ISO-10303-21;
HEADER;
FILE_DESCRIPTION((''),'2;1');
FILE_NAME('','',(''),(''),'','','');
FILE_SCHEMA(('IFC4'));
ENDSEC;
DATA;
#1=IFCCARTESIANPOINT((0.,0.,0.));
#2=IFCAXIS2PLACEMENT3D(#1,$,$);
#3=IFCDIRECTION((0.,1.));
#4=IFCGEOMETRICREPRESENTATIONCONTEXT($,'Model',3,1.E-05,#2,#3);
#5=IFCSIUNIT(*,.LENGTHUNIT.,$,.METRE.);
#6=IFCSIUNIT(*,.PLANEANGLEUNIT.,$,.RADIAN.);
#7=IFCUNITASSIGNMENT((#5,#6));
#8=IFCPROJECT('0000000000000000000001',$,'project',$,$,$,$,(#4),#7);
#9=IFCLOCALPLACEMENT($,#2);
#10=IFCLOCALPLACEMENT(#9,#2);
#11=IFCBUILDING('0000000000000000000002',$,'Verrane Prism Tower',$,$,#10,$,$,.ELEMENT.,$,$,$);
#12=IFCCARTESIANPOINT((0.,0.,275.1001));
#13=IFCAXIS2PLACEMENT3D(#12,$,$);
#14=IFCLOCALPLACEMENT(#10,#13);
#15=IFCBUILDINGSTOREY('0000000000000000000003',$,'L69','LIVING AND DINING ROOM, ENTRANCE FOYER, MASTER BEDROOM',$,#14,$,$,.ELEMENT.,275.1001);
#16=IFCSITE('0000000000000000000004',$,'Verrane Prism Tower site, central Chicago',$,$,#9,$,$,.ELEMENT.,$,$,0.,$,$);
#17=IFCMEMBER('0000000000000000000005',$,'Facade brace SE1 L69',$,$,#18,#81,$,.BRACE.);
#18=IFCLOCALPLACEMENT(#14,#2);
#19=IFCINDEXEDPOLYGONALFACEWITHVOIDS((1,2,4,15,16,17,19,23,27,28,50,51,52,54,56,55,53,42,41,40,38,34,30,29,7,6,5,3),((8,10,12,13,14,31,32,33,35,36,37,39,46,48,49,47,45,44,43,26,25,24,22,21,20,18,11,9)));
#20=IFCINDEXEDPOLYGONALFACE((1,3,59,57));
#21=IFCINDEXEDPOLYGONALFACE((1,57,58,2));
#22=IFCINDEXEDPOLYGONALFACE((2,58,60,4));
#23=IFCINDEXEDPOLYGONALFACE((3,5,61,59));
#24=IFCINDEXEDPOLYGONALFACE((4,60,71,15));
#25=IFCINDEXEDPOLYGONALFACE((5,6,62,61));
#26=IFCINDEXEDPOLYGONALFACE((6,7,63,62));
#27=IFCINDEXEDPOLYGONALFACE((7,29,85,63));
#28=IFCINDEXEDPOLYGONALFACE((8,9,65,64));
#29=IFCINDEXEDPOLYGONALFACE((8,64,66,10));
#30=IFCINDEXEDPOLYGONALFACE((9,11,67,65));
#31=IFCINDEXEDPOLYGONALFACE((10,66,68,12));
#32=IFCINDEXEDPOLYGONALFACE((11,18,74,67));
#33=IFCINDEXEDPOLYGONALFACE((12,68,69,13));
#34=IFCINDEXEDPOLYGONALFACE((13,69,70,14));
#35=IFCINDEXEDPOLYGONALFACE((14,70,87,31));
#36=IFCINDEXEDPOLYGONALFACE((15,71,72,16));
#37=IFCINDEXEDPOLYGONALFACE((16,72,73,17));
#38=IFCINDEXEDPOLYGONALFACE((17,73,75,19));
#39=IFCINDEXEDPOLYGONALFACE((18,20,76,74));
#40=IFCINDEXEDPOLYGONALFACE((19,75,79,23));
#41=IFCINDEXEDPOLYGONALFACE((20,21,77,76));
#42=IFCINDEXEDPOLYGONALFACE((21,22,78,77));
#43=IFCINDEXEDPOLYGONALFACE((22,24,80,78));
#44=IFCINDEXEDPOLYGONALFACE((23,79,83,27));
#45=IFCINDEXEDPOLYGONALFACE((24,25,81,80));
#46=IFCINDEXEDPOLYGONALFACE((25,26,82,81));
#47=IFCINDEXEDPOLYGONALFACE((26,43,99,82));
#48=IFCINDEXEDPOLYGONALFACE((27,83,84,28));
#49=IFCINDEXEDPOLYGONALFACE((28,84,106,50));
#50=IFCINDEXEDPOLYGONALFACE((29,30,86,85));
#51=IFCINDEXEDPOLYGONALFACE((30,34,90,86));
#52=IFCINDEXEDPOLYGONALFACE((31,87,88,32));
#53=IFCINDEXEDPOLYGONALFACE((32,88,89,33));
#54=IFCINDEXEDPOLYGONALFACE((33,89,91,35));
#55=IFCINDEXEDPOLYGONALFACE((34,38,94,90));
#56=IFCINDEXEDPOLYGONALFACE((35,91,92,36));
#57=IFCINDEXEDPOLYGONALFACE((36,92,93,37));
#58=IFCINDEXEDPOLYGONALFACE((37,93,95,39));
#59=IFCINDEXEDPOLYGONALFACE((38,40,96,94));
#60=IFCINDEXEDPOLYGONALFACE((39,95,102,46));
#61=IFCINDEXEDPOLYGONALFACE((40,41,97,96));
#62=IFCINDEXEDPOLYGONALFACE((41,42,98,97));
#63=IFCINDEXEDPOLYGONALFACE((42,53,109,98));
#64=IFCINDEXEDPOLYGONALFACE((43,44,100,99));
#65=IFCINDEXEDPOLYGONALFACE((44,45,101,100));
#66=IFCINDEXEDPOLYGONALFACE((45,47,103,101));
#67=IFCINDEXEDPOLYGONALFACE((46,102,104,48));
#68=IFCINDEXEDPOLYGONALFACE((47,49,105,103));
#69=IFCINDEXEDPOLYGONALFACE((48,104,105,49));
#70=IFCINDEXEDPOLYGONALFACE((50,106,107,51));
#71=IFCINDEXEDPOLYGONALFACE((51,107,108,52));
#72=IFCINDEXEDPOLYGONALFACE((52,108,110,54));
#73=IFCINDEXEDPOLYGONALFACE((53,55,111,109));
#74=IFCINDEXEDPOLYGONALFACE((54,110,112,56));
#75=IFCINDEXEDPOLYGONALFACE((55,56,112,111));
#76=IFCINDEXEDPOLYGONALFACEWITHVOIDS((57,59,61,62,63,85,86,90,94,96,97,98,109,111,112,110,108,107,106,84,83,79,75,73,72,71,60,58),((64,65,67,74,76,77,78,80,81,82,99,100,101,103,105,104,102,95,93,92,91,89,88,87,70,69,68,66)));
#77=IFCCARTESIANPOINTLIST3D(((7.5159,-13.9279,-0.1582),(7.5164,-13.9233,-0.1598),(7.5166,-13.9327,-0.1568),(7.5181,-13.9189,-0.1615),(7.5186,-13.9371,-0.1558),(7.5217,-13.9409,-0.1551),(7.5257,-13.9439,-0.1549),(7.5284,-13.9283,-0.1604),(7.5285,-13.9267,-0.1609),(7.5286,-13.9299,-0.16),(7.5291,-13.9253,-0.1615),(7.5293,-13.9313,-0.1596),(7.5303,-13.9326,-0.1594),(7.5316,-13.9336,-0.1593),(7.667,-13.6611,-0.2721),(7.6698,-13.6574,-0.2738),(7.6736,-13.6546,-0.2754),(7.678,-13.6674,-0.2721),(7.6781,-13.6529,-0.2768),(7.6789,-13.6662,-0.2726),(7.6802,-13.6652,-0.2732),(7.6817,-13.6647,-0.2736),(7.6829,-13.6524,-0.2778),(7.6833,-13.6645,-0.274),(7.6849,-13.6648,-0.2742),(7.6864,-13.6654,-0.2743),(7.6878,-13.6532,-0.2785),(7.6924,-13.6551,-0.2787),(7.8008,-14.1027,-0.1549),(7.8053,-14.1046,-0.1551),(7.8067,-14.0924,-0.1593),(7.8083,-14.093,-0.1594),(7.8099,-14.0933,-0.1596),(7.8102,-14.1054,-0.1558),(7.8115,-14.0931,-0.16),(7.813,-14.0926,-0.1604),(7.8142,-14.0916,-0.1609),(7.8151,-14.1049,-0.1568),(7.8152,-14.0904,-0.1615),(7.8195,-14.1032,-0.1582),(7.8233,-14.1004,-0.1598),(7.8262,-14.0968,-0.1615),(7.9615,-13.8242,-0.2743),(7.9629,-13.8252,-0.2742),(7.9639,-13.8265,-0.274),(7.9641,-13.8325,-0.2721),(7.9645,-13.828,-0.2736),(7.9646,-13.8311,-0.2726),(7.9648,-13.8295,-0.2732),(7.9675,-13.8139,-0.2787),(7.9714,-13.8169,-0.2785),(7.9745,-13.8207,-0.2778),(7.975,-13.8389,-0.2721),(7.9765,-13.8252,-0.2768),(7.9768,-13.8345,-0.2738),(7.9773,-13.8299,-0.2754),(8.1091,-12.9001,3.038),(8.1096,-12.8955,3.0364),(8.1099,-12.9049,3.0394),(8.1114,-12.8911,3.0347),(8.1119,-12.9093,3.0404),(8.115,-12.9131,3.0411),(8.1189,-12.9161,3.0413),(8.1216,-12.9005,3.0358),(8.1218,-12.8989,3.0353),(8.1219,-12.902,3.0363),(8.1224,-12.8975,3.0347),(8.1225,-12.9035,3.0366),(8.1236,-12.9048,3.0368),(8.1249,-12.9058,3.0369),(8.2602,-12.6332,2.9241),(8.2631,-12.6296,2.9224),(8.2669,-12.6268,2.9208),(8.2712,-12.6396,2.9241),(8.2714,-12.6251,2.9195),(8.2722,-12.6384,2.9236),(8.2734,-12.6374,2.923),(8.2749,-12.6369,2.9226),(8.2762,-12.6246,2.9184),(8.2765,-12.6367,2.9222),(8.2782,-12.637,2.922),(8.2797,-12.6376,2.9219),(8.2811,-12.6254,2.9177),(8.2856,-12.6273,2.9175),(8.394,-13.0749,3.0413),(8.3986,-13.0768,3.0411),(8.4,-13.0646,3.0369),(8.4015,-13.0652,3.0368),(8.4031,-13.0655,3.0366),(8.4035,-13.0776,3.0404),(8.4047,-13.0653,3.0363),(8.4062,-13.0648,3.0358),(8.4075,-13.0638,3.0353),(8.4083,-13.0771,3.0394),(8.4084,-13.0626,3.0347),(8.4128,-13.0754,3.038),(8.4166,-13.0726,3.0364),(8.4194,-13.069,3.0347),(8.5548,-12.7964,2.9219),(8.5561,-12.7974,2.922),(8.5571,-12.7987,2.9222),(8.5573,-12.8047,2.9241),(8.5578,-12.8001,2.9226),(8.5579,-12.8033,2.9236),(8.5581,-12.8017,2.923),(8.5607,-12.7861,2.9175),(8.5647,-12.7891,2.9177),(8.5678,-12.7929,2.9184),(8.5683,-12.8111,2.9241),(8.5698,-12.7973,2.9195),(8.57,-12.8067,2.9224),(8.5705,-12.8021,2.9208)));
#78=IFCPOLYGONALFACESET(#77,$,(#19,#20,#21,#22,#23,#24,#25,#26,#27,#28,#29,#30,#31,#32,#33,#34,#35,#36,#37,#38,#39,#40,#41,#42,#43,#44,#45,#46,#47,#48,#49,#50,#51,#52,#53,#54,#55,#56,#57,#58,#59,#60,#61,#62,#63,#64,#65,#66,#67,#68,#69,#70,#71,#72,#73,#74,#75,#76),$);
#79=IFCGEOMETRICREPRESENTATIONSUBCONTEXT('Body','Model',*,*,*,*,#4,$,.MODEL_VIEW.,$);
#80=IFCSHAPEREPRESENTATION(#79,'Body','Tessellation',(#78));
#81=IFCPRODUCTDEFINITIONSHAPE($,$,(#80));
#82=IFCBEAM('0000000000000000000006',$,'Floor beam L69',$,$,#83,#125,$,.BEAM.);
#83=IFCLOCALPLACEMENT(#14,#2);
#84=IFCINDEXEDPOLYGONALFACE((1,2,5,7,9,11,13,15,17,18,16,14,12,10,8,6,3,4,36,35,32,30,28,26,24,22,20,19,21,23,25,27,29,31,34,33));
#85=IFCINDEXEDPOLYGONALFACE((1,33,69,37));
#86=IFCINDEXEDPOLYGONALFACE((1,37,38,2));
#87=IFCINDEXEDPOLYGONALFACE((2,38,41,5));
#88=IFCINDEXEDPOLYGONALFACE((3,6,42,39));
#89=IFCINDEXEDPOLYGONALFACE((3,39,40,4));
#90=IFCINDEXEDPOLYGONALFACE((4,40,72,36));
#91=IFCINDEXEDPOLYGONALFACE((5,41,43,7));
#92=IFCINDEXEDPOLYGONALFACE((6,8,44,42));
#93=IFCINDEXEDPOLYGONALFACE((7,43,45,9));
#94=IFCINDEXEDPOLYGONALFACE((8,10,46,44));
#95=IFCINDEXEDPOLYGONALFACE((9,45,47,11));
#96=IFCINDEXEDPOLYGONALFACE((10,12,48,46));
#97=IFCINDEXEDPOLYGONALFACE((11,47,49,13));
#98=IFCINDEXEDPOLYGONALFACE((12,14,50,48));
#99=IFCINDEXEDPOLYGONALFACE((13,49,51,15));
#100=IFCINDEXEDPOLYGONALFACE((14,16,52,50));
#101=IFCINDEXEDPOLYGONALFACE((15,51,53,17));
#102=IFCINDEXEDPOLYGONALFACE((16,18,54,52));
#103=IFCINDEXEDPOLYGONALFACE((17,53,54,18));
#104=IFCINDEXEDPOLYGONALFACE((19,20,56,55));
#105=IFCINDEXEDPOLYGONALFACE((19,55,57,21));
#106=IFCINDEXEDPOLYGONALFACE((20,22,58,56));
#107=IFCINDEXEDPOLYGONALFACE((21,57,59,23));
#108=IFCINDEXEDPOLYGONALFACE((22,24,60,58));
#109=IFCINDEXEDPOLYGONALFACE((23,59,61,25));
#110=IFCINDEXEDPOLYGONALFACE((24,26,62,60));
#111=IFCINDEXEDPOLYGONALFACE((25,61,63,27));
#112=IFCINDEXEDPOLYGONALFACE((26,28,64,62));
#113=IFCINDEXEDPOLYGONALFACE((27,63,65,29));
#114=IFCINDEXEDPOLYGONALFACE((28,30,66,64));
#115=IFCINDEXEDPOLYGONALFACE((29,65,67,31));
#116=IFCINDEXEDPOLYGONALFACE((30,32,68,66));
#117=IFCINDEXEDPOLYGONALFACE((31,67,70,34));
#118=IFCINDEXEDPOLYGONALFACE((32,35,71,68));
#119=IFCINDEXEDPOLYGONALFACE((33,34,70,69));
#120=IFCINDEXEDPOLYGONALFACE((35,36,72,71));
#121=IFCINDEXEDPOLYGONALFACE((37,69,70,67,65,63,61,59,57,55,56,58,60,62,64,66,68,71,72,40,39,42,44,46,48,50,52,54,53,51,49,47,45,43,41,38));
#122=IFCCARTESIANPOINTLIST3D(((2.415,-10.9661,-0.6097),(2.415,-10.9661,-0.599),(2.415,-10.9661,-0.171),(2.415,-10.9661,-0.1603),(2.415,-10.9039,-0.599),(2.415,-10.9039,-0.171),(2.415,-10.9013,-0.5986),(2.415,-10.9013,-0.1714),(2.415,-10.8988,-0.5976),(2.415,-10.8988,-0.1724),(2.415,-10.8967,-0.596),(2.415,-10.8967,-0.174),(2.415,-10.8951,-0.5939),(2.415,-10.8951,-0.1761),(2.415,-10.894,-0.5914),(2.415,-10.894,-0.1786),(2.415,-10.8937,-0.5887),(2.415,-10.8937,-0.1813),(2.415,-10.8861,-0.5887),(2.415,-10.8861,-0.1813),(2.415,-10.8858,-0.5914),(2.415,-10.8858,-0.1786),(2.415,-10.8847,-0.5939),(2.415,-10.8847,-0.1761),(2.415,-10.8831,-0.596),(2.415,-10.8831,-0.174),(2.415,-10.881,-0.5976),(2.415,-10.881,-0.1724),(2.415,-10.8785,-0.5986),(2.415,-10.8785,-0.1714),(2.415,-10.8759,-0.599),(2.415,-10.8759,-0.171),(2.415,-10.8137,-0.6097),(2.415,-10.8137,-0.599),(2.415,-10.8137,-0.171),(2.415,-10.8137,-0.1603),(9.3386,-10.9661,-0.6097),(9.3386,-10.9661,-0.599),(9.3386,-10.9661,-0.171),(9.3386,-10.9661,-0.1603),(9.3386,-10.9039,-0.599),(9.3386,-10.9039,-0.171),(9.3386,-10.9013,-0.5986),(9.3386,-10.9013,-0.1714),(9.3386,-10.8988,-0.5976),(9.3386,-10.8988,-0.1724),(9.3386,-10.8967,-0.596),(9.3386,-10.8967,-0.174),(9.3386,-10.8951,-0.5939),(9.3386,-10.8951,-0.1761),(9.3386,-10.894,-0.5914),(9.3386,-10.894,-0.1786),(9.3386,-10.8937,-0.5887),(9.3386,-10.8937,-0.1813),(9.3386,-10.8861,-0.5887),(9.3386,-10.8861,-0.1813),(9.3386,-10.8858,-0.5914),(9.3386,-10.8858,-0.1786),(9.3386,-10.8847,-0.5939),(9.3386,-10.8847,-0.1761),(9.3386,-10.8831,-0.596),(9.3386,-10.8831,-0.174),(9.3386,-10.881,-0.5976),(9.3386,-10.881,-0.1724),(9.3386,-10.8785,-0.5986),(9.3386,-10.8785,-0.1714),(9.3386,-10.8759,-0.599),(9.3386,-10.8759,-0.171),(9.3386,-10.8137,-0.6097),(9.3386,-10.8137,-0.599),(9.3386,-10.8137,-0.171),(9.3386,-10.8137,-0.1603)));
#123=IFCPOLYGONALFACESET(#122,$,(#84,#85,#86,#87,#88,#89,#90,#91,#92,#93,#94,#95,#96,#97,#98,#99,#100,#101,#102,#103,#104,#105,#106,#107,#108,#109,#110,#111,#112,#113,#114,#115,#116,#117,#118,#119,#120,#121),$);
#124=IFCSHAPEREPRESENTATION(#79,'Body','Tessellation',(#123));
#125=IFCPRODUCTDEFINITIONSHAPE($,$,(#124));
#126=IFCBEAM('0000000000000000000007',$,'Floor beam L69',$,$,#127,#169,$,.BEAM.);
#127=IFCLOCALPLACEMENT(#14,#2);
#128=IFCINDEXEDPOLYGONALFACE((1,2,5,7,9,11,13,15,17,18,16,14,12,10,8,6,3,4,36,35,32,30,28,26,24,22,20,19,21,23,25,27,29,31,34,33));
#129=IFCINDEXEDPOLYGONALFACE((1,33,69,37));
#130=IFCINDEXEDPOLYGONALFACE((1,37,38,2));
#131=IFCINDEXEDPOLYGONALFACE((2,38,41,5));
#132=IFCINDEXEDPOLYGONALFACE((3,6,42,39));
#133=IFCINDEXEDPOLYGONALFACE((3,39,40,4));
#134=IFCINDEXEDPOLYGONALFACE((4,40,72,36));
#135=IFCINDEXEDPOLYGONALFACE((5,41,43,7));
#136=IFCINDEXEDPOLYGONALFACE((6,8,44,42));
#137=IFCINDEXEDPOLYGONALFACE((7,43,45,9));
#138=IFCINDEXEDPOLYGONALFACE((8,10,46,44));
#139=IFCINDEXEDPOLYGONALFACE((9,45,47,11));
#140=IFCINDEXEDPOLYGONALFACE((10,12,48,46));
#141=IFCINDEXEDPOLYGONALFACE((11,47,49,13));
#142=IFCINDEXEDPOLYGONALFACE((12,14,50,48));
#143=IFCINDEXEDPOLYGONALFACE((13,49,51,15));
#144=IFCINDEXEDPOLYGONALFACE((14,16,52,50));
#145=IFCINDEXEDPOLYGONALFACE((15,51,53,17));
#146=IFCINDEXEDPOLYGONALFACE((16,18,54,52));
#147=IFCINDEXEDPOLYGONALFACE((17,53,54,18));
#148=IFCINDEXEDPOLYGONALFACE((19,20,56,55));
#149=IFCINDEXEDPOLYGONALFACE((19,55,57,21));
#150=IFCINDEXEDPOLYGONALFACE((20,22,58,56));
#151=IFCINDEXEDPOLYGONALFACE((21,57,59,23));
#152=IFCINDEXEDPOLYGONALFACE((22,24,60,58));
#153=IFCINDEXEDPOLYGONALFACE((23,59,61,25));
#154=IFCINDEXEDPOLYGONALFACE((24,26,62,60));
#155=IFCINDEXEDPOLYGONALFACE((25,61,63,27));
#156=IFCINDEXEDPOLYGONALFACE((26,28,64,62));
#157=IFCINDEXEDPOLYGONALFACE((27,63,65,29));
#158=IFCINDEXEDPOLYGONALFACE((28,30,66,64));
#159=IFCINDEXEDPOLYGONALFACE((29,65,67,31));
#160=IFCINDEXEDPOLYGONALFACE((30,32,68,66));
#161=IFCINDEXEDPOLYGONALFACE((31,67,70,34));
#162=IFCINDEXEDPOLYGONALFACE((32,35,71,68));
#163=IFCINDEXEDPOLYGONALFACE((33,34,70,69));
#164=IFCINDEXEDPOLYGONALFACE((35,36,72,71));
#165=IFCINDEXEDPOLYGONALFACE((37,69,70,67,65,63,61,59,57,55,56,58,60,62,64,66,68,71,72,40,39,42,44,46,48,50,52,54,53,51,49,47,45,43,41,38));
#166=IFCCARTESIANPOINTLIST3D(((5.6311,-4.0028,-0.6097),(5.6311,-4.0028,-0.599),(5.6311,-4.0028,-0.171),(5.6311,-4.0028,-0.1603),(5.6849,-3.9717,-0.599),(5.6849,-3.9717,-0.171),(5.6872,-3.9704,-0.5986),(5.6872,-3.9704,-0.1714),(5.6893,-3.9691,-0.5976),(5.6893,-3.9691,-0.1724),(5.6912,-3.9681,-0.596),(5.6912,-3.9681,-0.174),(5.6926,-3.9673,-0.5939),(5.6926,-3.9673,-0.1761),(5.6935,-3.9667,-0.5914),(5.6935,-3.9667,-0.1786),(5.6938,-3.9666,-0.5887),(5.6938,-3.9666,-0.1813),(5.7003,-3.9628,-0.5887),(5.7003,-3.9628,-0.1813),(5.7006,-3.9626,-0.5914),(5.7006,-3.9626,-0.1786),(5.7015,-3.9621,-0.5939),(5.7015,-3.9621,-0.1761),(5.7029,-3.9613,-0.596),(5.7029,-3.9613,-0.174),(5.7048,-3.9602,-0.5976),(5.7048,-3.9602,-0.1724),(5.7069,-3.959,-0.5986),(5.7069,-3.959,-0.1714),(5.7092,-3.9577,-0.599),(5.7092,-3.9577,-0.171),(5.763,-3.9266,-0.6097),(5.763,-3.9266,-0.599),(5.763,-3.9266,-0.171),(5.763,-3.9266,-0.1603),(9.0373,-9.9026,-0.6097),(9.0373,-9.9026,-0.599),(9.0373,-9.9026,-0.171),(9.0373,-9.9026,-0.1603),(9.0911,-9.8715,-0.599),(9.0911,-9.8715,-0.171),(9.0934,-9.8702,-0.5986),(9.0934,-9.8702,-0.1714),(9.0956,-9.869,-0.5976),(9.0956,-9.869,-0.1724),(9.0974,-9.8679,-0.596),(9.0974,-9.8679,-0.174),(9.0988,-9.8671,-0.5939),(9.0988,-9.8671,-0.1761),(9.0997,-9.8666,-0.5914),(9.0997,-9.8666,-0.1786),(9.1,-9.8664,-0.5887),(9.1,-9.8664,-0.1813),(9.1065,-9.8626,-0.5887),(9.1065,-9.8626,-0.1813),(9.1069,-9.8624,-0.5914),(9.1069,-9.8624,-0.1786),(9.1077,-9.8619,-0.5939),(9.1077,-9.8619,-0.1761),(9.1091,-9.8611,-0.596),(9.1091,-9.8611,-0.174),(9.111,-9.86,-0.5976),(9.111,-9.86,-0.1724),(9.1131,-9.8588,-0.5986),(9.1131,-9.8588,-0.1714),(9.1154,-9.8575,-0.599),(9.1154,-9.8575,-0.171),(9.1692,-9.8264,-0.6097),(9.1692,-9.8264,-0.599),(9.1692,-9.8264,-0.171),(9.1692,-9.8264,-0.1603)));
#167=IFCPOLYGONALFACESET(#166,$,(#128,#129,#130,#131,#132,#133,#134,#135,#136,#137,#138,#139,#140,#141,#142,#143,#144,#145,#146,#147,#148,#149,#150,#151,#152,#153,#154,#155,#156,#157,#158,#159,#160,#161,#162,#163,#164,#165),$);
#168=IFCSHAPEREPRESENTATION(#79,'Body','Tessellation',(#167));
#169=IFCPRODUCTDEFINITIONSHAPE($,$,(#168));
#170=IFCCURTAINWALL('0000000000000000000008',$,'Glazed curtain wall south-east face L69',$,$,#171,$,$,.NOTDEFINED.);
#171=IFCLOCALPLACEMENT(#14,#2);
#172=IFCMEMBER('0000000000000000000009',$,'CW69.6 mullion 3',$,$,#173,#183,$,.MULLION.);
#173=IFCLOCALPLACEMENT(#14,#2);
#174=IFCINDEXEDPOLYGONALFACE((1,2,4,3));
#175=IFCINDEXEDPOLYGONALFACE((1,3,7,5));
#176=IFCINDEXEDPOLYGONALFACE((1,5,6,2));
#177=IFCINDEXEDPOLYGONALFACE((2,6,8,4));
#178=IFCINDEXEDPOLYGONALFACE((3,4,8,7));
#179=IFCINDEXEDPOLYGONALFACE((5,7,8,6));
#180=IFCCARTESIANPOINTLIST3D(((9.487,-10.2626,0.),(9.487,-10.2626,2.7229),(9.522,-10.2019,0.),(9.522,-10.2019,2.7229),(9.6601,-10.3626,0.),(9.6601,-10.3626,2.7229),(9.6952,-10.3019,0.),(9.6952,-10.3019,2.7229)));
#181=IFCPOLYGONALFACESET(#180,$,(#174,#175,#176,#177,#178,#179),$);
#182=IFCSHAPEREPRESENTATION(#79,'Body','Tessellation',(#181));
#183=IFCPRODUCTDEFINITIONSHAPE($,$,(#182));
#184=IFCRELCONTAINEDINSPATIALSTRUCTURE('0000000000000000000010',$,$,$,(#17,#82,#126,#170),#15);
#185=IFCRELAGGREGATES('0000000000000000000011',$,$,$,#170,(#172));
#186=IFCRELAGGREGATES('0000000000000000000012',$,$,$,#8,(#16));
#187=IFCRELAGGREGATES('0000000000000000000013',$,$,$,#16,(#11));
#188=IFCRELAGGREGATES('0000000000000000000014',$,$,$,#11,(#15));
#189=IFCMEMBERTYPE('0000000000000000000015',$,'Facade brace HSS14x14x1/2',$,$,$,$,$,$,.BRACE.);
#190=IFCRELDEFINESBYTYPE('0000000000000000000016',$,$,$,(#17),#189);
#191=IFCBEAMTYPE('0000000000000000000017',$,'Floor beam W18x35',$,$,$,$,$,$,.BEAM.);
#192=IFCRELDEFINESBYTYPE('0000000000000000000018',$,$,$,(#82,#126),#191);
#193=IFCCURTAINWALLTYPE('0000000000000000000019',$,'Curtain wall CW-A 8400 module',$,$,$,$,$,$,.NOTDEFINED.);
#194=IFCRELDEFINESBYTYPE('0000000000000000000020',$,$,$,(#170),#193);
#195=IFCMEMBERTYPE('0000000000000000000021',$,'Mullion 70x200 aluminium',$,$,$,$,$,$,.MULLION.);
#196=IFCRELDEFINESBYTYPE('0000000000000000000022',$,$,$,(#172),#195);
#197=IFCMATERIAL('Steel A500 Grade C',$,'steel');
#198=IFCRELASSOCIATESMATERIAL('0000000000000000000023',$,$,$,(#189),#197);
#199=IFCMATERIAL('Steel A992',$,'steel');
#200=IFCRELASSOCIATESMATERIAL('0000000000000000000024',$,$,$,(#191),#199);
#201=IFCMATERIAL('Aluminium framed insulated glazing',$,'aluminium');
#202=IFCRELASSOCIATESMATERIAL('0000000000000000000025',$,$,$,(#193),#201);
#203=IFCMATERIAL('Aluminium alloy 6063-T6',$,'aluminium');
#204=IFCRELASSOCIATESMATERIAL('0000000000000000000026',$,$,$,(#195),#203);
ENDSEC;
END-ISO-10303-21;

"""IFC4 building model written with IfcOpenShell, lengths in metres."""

from ifc_helpers import new_model, si_unit, direction, frame, origin, origin_2d, place, context, subcontext, project, spatial, rectangle, hollow_rectangle, i_section, extrude, material, material_profile, profile_set, type_object, element, aggregate, save


model = new_model("IFC4")

# Units and contexts
model_context = context("Model", 3, precision=1e-05, world=origin(), true_north=direction((0.0, 1.0)))
body_context = subcontext(model_context, "Body", "Model", "MODEL_VIEW")
ifc_project = project(units=[si_unit("LENGTHUNIT", "METRE"), si_unit("PLANEANGLEUNIT", "RADIAN")], contexts=[model_context])

# Site, building, storey
site_placement = place(None, origin())
site = spatial("IfcSite", under=ifc_project, at=site_placement, Name="Verrane Prism Tower site, central Chicago", CompositionType="ELEMENT", RefElevation=0.0)
building_placement = place(site_placement, origin())
building = spatial("IfcBuilding", under=site, at=building_placement, Name="Verrane Prism Tower", CompositionType="ELEMENT")
storey_placement = place(building_placement, frame((0.0, 0.0, 275.1001)))
storey = spatial("IfcBuildingStorey", under=building, at=storey_placement, Name="L69", Description="LIVING AND DINING ROOM, ENTRANCE FOYER, MASTER BEDROOM", CompositionType="ELEMENT", Elevation=275.1001)

# Member
ifc_material_1 = material(Name="Steel A500 Grade C", Category="steel")
ifc_material_profile_1 = material_profile(ifc_material_1, hollow_rectangle(XDim=0.3557, YDim=0.3557, WallThickness=0.0127, InnerFilletRadius=0.0063, OuterFilletRadius=0.019, at=origin_2d()), Name="HSS14x14x1/2")
ifc_profile_set_1 = profile_set([ifc_material_profile_1], Name="Steel A500 Grade C")
member_type_1 = type_object("IfcMemberType", Name="Facade brace HSS14x14x1/2", PredefinedType="BRACE", material=ifc_profile_set_1)
member_1_placement = place(storey_placement, frame((7.7466, -13.8789, -0.2168), z_axis=(0.174003, 0.301462, 0.937467), x_axis=(-0.866083, 0.499901, 0.0)))
element("IfcMember", 1, at=member_1_placement, inside=storey, type_object=member_type_1, Name="Facade brace SE1 L69", PredefinedType="BRACE", context=body_context, shape_type="SweptSolid", body=[
    extrude(hollow_rectangle(XDim=0.3557, YDim=0.3557, WallThickness=0.0127, InnerFilletRadius=0.0063, OuterFilletRadius=0.019, at=origin_2d()), origin(), (0.0, 0.0, 1.0), 3.4094),
])

# Beams
ifc_material_2 = material(Name="Steel A992", Category="steel")
ifc_material_profile_2 = material_profile(ifc_material_2, i_section(OverallWidth=0.1523, OverallDepth=0.4495, WebThickness=0.0076, FlangeThickness=0.0107, FilletRadius=0.0103, at=origin_2d()), Name="W18x35")
ifc_profile_set_2 = profile_set([ifc_material_profile_2], Name="Steel A992")
beam_type_1 = type_object("IfcBeamType", Name="Floor beam W18x35", PredefinedType="BEAM", material=ifc_profile_set_2)
beam_1_placement = place(storey_placement, frame((2.415, -10.8899, -0.385), z_axis=(1.0, 0.0, 0.0), x_axis=(0.0, 1.0, 0.0)))
element("IfcBeam", 2, at=beam_1_placement, inside=storey, type_object=beam_type_1, Name="Floor beam L69", PredefinedType="BEAM", context=body_context, shape_type="SweptSolid", body=[
    extrude(i_section(OverallWidth=0.1523, OverallDepth=0.4495, WebThickness=0.0076, FlangeThickness=0.0107, FilletRadius=0.0103, at=origin_2d()), origin(), (0.0, 0.0, 1.0), 6.9236),
])
beam_2_placement = place(storey_placement, frame((9.1033, -9.8645, -0.385), z_axis=(-0.499993, 0.866029, 0.0), x_axis=(-0.866029, -0.499993, 0.0)))
element("IfcBeam", 3, at=beam_2_placement, inside=storey, type_object=beam_type_1, Name="Floor beam L69", PredefinedType="BEAM", context=body_context, shape_type="SweptSolid", body=[
    extrude(i_section(OverallWidth=0.1523, OverallDepth=0.4495, WebThickness=0.0076, FlangeThickness=0.0107, FilletRadius=0.0103, at=origin_2d()), origin(), (0.0, 0.0, 1.0), 6.8125),
])

# Curtain wall, member
ifc_material_3 = material(Name="Aluminium framed insulated glazing", Category="aluminium")
curtain_wall_type = type_object("IfcCurtainWallType", Name="Curtain wall CW-A 8400 module", PredefinedType="NOTDEFINED", material=ifc_material_3)
curtain_wall_placement = place(storey_placement, origin())
curtain_wall = element("IfcCurtainWall", 4, at=curtain_wall_placement, inside=storey, type_object=curtain_wall_type, Name="Glazed curtain wall south-east face L69", PredefinedType="NOTDEFINED")
ifc_material_4 = material(Name="Aluminium alloy 6063-T6", Category="aluminium")
ifc_material_profile_3 = material_profile(ifc_material_4, rectangle(XDim=0.2, YDim=0.0701, at=origin_2d()), Name="Mullion 70x200 aluminium")
ifc_profile_set_3 = profile_set([ifc_material_profile_3], Name="Aluminium alloy 6063-T6")
member_type_2 = type_object("IfcMemberType", Name="Mullion 70x200 aluminium", PredefinedType="MULLION", material=ifc_profile_set_3)
member_2_placement = place(storey_placement, frame((9.5911, -10.2822, 0.0), z_axis=(0.0, 0.0, 1.0), x_axis=(-0.866025, 0.500001, 0.0)))
member_2 = element("IfcMember", 5, at=member_2_placement, type_object=member_type_2, Name="CW69.6 mullion 3", PredefinedType="MULLION", context=body_context, shape_type="SweptSolid", body=[
    extrude(rectangle(XDim=0.2, YDim=0.0701, at=origin_2d()), origin(), (0.0, 0.0, 1.0), 2.7229),
])

aggregate(curtain_wall, [member_2])

save(model, "model.ifc")
